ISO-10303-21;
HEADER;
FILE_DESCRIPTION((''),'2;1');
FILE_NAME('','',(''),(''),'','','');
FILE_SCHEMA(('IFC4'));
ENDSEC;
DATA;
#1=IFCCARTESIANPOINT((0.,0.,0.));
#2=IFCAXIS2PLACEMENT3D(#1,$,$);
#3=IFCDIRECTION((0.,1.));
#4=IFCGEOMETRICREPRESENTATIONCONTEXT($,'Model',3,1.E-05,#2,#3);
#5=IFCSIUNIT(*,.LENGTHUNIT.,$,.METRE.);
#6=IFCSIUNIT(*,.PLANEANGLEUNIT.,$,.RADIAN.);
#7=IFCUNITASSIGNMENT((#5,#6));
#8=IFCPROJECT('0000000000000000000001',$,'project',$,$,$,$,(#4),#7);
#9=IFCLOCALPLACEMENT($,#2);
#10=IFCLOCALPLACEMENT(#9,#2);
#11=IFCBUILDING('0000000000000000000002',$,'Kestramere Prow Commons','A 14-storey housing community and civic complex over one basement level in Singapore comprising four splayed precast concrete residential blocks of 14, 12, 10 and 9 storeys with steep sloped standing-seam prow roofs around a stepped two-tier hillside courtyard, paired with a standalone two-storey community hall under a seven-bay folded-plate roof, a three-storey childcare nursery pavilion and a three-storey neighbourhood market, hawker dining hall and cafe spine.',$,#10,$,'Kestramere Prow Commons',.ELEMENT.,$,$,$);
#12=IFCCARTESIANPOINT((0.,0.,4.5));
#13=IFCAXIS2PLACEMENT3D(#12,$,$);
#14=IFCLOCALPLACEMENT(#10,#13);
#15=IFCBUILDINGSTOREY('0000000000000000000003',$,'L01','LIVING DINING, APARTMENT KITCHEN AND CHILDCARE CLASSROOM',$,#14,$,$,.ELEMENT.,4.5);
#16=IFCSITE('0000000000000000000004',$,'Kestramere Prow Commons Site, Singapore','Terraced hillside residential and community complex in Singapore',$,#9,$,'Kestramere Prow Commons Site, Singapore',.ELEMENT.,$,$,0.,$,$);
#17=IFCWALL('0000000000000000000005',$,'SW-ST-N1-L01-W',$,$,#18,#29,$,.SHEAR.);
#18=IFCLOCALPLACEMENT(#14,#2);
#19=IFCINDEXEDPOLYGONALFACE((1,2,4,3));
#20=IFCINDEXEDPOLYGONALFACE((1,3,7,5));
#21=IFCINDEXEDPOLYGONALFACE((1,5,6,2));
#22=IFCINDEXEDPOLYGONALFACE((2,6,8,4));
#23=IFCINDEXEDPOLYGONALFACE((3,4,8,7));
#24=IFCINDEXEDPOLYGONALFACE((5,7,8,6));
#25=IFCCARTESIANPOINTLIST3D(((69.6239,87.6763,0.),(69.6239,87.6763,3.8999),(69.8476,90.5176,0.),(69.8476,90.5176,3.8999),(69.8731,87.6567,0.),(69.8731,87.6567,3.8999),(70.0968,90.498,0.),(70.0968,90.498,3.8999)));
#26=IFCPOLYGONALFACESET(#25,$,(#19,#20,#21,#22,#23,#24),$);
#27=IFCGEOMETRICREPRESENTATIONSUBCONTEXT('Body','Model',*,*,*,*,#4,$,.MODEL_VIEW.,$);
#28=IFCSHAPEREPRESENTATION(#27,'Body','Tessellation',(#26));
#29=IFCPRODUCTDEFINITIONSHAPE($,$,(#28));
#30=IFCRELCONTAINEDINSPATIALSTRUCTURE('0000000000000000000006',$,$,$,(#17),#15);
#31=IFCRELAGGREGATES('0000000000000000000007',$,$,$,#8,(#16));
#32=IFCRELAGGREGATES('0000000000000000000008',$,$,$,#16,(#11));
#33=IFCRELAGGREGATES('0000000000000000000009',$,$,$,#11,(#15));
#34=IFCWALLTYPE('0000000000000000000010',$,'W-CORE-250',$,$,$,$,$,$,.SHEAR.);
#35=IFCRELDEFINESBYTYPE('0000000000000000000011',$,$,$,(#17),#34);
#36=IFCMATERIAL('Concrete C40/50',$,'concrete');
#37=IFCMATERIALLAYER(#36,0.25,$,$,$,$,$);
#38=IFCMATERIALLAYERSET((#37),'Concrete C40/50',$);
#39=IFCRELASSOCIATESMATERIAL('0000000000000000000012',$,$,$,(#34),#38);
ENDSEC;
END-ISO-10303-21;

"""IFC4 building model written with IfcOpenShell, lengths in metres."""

from ifc_helpers import new_model, si_unit, direction, frame, frame_2d, origin, place, context, subcontext, project, spatial, rectangle, extrude, material, layer, layer_set, type_object, element, save


model = new_model("IFC4")

# Units and contexts
model_context = context("Model", 3, precision=1e-05, world=origin(), true_north=direction((0.0, 1.0)))
body_context = subcontext(model_context, "Body", "Model", "MODEL_VIEW")
ifc_project = project(units=[si_unit("LENGTHUNIT", "METRE"), si_unit("PLANEANGLEUNIT", "RADIAN")], contexts=[model_context])

# Site, building, storey
site_placement = place(None, origin())
site = spatial("IfcSite", under=ifc_project, at=site_placement, Name="Kestramere Prow Commons Site, Singapore", Description="Terraced hillside residential and community complex in Singapore", LongName="Kestramere Prow Commons Site, Singapore", CompositionType="ELEMENT", RefElevation=0.0)
building_placement = place(site_placement, origin())
building = spatial("IfcBuilding", under=site, at=building_placement, Name="Kestramere Prow Commons", Description="A 14-storey housing community and civic complex over one basement level in Singapore comprising four splayed precast concrete residential blocks of 14, 12, 10 and 9 storeys with steep sloped standing-seam prow roofs around a stepped two-tier hillside courtyard, paired with a standalone two-storey community hall under a seven-bay folded-plate roof, a three-storey childcare nursery pavilion and a three-storey neighbourhood market, hawker dining hall and cafe spine.", LongName="Kestramere Prow Commons", CompositionType="ELEMENT")
storey_placement = place(building_placement, frame((0.0, 0.0, 4.5)))
storey = spatial("IfcBuildingStorey", under=building, at=storey_placement, Name="L01", Description="LIVING DINING, APARTMENT KITCHEN AND CHILDCARE CLASSROOM", CompositionType="ELEMENT", Elevation=4.5)

# Shared definitions
ifc_material_1 = material(Name="Concrete C40/50", Category="concrete")
ifc_layer_1 = layer(ifc_material_1, 0.25)
ifc_layer_set_1 = layer_set([ifc_layer_1], Name="Concrete C40/50")
wall_type = type_object("IfcWallType", Name="W-CORE-250", PredefinedType="SHEAR", material=ifc_layer_set_1)

# Wall
wall_1_placement = place(storey_placement, frame((69.7485, 87.6665, 0.0), z_axis=(0.0, 0.0, 1.0), x_axis=(0.078465, 0.996917, 0.0)))
element("IfcWall", 1, at=wall_1_placement, inside=storey, type_object=wall_type, Name="SW-ST-N1-L01-W", PredefinedType="SHEAR", context=body_context, shape_type="SweptSolid", body=[
    extrude(rectangle(XDim=2.8501, YDim=0.25, at=frame_2d((1.425, 0.0))), origin(), (0.0, 0.0, 1.0), 3.8999),
])

save(model, "model.ifc")
